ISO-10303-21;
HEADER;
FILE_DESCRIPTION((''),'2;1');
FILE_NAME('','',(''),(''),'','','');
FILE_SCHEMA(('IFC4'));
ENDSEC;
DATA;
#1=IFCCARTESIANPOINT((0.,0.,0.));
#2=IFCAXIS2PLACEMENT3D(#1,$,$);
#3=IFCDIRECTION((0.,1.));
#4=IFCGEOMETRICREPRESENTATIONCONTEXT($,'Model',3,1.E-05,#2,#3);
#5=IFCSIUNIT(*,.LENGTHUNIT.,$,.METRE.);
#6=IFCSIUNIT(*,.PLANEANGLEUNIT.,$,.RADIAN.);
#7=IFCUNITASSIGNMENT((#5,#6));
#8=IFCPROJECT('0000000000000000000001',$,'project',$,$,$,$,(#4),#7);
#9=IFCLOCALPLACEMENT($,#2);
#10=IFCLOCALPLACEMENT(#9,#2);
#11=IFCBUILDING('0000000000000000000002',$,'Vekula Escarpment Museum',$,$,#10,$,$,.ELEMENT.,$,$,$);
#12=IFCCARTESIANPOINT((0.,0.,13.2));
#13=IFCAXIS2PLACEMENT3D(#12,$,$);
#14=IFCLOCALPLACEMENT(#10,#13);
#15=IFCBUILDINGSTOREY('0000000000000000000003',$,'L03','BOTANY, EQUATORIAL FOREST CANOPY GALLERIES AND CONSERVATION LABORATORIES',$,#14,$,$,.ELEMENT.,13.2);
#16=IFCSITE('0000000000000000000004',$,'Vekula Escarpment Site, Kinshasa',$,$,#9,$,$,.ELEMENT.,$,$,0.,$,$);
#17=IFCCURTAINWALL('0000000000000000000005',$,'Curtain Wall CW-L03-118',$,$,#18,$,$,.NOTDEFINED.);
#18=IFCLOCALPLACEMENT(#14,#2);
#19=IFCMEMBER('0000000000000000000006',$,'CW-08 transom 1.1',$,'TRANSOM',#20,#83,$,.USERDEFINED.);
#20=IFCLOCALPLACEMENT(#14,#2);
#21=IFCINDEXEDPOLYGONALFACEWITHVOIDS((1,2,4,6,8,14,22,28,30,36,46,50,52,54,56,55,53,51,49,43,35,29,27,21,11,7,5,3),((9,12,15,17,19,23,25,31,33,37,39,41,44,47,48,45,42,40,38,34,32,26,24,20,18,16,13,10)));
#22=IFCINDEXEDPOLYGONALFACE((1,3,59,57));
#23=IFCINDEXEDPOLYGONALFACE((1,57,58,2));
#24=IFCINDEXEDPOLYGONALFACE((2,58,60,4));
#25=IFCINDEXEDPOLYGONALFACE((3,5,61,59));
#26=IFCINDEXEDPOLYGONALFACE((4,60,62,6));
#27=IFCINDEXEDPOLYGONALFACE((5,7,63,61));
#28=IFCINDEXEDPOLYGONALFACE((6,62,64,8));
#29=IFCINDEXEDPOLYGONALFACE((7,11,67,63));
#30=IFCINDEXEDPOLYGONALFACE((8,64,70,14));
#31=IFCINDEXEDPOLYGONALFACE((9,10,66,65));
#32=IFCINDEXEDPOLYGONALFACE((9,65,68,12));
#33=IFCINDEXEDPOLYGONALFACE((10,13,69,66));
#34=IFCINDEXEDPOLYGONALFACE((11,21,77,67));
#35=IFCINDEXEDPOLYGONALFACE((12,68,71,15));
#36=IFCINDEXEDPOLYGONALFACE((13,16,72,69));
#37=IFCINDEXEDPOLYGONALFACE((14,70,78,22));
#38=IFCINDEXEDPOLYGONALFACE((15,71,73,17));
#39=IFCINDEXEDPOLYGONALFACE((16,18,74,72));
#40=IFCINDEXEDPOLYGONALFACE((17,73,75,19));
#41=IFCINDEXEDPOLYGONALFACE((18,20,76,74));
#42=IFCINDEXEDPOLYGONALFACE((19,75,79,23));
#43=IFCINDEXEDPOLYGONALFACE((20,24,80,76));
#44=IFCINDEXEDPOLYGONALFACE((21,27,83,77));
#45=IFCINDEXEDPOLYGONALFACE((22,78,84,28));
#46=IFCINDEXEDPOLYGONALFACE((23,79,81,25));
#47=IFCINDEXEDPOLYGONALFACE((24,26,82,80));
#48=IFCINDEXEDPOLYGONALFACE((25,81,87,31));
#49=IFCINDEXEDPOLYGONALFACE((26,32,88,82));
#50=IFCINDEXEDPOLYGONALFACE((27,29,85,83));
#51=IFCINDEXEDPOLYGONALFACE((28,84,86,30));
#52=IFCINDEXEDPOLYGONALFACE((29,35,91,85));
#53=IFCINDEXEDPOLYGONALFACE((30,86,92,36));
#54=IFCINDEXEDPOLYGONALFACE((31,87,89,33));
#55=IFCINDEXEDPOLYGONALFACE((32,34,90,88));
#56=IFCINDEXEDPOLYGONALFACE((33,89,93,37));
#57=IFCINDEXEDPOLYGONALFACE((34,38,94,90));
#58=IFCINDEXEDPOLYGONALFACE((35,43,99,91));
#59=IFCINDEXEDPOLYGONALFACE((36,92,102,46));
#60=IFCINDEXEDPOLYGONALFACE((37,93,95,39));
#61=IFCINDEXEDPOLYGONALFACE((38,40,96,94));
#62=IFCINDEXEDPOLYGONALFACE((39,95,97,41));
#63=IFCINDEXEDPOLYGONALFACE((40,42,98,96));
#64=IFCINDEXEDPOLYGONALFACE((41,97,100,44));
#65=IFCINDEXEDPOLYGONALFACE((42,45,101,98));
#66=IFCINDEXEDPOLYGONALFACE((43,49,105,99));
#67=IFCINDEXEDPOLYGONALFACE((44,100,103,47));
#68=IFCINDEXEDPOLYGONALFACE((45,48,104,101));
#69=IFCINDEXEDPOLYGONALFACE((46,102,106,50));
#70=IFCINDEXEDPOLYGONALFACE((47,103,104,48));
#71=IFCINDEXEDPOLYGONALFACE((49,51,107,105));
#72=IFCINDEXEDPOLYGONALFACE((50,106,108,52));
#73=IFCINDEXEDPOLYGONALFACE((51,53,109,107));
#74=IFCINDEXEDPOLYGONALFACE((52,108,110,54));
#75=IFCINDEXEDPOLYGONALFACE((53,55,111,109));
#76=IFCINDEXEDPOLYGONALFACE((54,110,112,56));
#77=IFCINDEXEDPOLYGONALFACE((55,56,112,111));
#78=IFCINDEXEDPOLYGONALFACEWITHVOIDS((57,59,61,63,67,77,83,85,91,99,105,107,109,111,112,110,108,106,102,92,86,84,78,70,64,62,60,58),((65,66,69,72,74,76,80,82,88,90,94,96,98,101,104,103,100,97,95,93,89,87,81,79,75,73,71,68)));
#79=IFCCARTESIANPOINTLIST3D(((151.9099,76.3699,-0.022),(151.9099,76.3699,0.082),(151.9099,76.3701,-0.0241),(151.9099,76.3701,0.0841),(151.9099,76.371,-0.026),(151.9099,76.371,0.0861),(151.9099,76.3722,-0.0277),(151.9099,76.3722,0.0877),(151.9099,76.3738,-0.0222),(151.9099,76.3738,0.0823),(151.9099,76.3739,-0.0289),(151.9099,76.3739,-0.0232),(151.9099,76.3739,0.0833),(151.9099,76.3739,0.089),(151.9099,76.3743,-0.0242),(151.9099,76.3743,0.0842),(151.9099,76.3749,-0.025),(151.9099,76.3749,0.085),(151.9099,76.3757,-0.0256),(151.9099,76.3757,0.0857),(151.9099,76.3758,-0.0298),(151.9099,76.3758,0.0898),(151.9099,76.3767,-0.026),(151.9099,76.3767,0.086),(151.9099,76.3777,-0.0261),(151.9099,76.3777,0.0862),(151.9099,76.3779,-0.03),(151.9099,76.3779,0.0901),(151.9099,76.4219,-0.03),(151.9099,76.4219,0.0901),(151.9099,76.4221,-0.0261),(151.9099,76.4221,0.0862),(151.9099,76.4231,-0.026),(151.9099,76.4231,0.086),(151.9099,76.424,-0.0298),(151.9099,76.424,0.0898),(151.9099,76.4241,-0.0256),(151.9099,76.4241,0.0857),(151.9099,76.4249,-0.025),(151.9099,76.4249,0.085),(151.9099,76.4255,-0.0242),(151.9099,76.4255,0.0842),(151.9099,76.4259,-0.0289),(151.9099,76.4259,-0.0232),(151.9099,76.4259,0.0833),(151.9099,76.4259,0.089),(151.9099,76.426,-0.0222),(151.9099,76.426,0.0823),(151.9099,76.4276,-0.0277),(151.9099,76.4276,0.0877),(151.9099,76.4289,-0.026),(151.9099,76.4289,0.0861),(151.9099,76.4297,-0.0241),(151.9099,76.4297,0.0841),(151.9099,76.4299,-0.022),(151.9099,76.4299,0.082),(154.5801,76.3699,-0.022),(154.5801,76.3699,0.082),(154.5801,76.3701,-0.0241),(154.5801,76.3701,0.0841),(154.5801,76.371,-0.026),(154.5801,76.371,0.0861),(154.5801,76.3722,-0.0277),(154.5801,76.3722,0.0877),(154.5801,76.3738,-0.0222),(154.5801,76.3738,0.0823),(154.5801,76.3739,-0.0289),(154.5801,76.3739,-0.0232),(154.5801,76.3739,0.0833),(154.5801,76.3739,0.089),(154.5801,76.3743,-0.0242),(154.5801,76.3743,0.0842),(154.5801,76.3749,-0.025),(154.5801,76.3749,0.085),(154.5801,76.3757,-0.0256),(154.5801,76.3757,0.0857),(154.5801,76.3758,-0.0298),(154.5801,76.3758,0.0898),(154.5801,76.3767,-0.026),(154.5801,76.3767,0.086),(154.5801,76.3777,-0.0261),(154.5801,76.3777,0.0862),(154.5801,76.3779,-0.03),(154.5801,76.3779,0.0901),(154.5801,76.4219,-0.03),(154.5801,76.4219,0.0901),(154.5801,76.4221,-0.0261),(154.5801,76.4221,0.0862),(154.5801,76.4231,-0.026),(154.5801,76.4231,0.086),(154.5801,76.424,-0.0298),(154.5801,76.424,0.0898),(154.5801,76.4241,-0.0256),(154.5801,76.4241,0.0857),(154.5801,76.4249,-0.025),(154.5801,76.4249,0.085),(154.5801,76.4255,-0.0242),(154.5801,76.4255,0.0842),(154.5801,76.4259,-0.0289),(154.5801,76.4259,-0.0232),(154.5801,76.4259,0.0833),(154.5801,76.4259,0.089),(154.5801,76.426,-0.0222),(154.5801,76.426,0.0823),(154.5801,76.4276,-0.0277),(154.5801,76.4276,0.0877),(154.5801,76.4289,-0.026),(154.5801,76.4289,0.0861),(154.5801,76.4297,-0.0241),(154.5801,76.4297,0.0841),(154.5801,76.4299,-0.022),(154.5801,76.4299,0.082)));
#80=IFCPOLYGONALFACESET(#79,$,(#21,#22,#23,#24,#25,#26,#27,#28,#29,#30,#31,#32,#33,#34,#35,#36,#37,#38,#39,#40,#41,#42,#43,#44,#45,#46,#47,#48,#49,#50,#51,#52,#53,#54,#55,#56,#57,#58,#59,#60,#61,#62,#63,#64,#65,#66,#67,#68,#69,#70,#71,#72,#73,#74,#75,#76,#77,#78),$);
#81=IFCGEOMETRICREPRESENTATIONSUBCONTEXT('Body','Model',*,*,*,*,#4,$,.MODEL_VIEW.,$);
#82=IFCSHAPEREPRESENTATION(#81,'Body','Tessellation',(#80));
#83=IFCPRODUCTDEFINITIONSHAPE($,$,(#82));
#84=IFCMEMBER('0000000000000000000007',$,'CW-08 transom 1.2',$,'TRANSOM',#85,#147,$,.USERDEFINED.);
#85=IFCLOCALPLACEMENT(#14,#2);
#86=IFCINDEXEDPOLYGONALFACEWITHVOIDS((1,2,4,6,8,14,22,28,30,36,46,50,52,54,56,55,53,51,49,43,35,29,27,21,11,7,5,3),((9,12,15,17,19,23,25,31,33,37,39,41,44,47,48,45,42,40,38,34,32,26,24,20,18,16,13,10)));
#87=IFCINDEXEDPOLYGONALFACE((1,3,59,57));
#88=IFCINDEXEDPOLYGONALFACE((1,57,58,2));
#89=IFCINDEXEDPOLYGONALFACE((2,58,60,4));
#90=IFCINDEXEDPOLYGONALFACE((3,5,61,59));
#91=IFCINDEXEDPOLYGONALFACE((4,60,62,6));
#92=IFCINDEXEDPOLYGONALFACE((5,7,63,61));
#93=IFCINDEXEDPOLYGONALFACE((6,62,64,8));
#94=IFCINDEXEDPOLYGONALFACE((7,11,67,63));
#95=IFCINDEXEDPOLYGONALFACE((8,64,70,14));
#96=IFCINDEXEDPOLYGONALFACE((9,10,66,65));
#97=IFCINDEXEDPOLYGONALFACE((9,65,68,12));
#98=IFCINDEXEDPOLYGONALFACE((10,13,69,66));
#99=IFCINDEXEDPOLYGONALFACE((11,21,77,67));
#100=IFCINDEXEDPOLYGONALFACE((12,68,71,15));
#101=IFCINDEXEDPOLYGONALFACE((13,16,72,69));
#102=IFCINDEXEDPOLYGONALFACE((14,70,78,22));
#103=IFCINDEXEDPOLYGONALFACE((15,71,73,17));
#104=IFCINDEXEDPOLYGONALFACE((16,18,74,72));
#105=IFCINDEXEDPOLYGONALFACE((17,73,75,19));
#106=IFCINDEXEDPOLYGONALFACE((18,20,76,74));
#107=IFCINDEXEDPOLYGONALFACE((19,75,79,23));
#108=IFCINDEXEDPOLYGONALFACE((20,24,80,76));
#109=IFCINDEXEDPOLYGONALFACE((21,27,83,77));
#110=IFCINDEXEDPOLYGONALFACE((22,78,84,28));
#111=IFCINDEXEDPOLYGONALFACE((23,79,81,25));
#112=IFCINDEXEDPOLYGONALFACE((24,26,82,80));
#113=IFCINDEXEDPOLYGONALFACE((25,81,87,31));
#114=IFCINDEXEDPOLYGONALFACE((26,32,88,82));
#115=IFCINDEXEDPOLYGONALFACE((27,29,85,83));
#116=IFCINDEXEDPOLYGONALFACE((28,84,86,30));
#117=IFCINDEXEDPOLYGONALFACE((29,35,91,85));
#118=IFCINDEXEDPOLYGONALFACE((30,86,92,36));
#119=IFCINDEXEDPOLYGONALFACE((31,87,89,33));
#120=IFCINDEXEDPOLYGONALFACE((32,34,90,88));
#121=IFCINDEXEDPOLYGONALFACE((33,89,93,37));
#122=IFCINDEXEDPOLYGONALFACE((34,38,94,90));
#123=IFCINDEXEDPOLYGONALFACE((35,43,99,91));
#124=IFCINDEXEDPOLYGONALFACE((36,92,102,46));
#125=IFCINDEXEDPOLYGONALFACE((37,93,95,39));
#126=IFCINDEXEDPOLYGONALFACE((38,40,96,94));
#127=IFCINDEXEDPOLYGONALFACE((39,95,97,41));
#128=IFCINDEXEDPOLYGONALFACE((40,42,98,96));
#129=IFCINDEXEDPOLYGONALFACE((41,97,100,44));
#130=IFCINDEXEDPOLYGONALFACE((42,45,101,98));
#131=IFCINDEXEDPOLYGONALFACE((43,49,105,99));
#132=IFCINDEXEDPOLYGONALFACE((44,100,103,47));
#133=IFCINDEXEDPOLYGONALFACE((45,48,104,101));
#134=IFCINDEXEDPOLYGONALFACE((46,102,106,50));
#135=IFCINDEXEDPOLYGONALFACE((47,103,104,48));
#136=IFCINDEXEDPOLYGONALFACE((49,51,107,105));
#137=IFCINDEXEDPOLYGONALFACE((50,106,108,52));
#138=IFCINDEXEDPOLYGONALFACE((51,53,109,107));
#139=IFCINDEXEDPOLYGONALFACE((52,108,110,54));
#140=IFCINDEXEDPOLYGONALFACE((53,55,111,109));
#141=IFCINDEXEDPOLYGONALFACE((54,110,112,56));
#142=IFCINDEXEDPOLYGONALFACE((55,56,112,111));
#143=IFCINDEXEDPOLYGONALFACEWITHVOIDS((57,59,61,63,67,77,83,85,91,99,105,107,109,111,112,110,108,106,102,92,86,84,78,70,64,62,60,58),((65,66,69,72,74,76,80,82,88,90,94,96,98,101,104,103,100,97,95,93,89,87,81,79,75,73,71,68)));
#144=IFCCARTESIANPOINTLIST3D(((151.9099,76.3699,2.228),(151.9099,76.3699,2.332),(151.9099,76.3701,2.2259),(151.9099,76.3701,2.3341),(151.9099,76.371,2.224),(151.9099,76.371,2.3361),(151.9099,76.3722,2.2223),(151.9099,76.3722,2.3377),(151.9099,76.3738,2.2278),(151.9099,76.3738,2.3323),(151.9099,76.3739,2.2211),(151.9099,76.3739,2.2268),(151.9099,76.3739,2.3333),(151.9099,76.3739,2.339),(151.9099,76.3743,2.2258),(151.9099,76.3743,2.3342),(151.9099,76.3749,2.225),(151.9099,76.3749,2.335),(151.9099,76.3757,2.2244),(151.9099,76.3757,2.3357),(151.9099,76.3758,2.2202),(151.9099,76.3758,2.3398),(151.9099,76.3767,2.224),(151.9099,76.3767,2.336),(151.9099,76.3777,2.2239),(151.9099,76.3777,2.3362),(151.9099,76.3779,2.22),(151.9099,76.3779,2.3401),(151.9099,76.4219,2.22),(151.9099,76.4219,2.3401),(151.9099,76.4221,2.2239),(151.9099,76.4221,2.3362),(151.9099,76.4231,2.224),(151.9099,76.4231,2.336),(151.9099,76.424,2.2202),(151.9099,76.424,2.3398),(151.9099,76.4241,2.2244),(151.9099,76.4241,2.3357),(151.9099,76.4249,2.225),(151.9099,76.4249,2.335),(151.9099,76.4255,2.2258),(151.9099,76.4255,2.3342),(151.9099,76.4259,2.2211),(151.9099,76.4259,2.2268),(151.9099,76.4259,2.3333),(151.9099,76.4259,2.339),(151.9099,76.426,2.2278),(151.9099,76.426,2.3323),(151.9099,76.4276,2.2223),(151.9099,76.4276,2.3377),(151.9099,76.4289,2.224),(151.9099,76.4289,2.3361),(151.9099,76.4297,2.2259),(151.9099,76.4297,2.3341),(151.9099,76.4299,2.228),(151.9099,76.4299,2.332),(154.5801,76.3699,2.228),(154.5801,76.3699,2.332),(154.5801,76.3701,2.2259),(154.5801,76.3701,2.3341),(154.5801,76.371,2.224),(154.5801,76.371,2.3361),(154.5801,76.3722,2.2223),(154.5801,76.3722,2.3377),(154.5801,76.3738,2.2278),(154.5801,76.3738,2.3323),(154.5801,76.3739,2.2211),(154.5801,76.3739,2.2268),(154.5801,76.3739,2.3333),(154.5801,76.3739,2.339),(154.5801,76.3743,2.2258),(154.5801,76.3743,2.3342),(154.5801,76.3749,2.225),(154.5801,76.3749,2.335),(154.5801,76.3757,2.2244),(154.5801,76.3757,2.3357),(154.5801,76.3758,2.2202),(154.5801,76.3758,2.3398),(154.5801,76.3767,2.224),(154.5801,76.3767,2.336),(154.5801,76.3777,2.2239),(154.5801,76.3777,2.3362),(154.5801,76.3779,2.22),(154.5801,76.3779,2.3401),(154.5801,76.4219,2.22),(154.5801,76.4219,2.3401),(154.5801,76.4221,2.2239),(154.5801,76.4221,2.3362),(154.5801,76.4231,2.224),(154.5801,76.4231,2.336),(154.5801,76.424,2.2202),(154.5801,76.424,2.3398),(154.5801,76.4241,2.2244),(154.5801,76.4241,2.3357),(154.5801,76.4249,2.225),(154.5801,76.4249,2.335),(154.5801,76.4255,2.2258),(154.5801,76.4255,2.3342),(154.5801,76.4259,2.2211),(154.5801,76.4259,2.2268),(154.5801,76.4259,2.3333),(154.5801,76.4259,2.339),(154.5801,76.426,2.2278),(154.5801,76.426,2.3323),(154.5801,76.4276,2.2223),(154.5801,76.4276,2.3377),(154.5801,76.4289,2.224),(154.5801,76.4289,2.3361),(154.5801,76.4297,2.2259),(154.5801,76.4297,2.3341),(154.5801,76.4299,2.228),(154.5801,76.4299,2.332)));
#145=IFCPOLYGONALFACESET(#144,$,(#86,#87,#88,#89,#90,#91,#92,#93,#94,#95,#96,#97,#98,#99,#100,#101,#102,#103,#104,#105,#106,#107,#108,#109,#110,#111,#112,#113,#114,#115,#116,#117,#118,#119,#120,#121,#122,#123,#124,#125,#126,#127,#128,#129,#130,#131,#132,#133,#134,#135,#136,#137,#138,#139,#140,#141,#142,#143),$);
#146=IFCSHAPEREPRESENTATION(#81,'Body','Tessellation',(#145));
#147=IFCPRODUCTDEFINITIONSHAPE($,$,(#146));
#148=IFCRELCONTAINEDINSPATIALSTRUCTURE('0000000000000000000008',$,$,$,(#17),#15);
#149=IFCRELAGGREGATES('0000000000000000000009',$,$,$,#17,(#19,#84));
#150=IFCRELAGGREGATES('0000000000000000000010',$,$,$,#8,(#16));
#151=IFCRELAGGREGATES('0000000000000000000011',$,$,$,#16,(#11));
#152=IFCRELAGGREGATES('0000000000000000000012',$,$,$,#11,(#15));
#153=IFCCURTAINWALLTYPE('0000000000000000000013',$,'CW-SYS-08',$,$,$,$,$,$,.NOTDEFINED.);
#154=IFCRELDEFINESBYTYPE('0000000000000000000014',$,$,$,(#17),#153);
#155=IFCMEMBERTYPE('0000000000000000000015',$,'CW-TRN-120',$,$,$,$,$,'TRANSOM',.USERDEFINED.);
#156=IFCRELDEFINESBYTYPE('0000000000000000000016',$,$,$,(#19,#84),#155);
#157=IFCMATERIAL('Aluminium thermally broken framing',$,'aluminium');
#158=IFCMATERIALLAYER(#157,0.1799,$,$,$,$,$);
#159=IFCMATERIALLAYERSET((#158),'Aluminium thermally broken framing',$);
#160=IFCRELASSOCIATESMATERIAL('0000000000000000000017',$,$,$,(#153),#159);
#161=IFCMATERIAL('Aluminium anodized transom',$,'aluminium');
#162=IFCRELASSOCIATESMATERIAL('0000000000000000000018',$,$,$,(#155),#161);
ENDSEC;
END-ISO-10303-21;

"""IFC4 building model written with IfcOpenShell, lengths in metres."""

from ifc_helpers import new_model, si_unit, direction, frame, origin, origin_2d, place, context, subcontext, project, spatial, hollow_rectangle, extrude, material, layer, layer_set, material_profile, profile_set, type_object, element, aggregate, save


model = new_model("IFC4")

# Units and contexts
model_context = context("Model", 3, precision=1e-05, world=origin(), true_north=direction((0.0, 1.0)))
body_context = subcontext(model_context, "Body", "Model", "MODEL_VIEW")
ifc_project = project(units=[si_unit("LENGTHUNIT", "METRE"), si_unit("PLANEANGLEUNIT", "RADIAN")], contexts=[model_context])

# Site, building, storey
site_placement = place(None, origin())
site = spatial("IfcSite", under=ifc_project, at=site_placement, Name="Vekula Escarpment Site, Kinshasa", CompositionType="ELEMENT", RefElevation=0.0)
building_placement = place(site_placement, origin())
building = spatial("IfcBuilding", under=site, at=building_placement, Name="Vekula Escarpment Museum", CompositionType="ELEMENT")
storey_placement = place(building_placement, frame((0.0, 0.0, 13.2)))
storey = spatial("IfcBuildingStorey", under=building, at=storey_placement, Name="L03", Description="BOTANY, EQUATORIAL FOREST CANOPY GALLERIES AND CONSERVATION LABORATORIES", CompositionType="ELEMENT", Elevation=13.2)

# Curtain wall
ifc_material_1 = material(Name="Aluminium thermally broken framing", Category="aluminium")
ifc_layer_1 = layer(ifc_material_1, 0.1799)
ifc_layer_set_1 = layer_set([ifc_layer_1], Name="Aluminium thermally broken framing")
curtain_wall_type_1 = type_object("IfcCurtainWallType", Name="CW-SYS-08", PredefinedType="NOTDEFINED", material=ifc_layer_set_1)
curtain_wall_1_placement = place(storey_placement, origin())
curtain_wall_1 = element("IfcCurtainWall", 1, at=curtain_wall_1_placement, inside=storey, type_object=curtain_wall_type_1, Name="Curtain Wall CW-L03-118", PredefinedType="NOTDEFINED")

# Members
ifc_material_2 = material(Name="Aluminium anodized transom", Category="aluminium")
ifc_material_profile_1 = material_profile(ifc_material_2, hollow_rectangle(XDim=0.0601, YDim=0.1201, WallThickness=0.0039, InnerFilletRadius=0.0039, OuterFilletRadius=0.0081, at=origin_2d()), Name="ALU 120x60x4")
ifc_profile_set_1 = profile_set([ifc_material_profile_1], Name="Aluminium anodized transom")
member_type_1 = type_object("IfcMemberType", Name="CW-TRN-120", ElementType="TRANSOM", PredefinedType="USERDEFINED", material=ifc_profile_set_1)
member_1_placement = place(storey_placement, frame((154.5801, 76.3999, 0.03), z_axis=(-1.0, 0.0, 0.0), x_axis=(0.0, -1.0, 0.0)))
member_1 = element("IfcMember", 2, at=member_1_placement, type_object=member_type_1, Name="CW-08 transom 1.1", ObjectType="TRANSOM", PredefinedType="USERDEFINED", context=body_context, shape_type="SweptSolid", body=[
    extrude(hollow_rectangle(XDim=0.0601, YDim=0.1201, WallThickness=0.0039, InnerFilletRadius=0.0039, OuterFilletRadius=0.0081, at=origin_2d()), origin(), (0.0, 0.0, 1.0), 2.6702),
])
member_2_placement = place(storey_placement, frame((154.5801, 76.3999, 2.28), z_axis=(-1.0, 0.0, 0.0), x_axis=(0.0, -1.0, 0.0)))
member_2 = element("IfcMember", 3, at=member_2_placement, type_object=member_type_1, Name="CW-08 transom 1.2", ObjectType="TRANSOM", PredefinedType="USERDEFINED", context=body_context, shape_type="SweptSolid", body=[
    extrude(hollow_rectangle(XDim=0.0601, YDim=0.1201, WallThickness=0.0039, InnerFilletRadius=0.0039, OuterFilletRadius=0.0081, at=origin_2d()), origin(), (0.0, 0.0, 1.0), 2.6702),
])

aggregate(curtain_wall_1, [member_1, member_2])

save(model, "model.ifc")
